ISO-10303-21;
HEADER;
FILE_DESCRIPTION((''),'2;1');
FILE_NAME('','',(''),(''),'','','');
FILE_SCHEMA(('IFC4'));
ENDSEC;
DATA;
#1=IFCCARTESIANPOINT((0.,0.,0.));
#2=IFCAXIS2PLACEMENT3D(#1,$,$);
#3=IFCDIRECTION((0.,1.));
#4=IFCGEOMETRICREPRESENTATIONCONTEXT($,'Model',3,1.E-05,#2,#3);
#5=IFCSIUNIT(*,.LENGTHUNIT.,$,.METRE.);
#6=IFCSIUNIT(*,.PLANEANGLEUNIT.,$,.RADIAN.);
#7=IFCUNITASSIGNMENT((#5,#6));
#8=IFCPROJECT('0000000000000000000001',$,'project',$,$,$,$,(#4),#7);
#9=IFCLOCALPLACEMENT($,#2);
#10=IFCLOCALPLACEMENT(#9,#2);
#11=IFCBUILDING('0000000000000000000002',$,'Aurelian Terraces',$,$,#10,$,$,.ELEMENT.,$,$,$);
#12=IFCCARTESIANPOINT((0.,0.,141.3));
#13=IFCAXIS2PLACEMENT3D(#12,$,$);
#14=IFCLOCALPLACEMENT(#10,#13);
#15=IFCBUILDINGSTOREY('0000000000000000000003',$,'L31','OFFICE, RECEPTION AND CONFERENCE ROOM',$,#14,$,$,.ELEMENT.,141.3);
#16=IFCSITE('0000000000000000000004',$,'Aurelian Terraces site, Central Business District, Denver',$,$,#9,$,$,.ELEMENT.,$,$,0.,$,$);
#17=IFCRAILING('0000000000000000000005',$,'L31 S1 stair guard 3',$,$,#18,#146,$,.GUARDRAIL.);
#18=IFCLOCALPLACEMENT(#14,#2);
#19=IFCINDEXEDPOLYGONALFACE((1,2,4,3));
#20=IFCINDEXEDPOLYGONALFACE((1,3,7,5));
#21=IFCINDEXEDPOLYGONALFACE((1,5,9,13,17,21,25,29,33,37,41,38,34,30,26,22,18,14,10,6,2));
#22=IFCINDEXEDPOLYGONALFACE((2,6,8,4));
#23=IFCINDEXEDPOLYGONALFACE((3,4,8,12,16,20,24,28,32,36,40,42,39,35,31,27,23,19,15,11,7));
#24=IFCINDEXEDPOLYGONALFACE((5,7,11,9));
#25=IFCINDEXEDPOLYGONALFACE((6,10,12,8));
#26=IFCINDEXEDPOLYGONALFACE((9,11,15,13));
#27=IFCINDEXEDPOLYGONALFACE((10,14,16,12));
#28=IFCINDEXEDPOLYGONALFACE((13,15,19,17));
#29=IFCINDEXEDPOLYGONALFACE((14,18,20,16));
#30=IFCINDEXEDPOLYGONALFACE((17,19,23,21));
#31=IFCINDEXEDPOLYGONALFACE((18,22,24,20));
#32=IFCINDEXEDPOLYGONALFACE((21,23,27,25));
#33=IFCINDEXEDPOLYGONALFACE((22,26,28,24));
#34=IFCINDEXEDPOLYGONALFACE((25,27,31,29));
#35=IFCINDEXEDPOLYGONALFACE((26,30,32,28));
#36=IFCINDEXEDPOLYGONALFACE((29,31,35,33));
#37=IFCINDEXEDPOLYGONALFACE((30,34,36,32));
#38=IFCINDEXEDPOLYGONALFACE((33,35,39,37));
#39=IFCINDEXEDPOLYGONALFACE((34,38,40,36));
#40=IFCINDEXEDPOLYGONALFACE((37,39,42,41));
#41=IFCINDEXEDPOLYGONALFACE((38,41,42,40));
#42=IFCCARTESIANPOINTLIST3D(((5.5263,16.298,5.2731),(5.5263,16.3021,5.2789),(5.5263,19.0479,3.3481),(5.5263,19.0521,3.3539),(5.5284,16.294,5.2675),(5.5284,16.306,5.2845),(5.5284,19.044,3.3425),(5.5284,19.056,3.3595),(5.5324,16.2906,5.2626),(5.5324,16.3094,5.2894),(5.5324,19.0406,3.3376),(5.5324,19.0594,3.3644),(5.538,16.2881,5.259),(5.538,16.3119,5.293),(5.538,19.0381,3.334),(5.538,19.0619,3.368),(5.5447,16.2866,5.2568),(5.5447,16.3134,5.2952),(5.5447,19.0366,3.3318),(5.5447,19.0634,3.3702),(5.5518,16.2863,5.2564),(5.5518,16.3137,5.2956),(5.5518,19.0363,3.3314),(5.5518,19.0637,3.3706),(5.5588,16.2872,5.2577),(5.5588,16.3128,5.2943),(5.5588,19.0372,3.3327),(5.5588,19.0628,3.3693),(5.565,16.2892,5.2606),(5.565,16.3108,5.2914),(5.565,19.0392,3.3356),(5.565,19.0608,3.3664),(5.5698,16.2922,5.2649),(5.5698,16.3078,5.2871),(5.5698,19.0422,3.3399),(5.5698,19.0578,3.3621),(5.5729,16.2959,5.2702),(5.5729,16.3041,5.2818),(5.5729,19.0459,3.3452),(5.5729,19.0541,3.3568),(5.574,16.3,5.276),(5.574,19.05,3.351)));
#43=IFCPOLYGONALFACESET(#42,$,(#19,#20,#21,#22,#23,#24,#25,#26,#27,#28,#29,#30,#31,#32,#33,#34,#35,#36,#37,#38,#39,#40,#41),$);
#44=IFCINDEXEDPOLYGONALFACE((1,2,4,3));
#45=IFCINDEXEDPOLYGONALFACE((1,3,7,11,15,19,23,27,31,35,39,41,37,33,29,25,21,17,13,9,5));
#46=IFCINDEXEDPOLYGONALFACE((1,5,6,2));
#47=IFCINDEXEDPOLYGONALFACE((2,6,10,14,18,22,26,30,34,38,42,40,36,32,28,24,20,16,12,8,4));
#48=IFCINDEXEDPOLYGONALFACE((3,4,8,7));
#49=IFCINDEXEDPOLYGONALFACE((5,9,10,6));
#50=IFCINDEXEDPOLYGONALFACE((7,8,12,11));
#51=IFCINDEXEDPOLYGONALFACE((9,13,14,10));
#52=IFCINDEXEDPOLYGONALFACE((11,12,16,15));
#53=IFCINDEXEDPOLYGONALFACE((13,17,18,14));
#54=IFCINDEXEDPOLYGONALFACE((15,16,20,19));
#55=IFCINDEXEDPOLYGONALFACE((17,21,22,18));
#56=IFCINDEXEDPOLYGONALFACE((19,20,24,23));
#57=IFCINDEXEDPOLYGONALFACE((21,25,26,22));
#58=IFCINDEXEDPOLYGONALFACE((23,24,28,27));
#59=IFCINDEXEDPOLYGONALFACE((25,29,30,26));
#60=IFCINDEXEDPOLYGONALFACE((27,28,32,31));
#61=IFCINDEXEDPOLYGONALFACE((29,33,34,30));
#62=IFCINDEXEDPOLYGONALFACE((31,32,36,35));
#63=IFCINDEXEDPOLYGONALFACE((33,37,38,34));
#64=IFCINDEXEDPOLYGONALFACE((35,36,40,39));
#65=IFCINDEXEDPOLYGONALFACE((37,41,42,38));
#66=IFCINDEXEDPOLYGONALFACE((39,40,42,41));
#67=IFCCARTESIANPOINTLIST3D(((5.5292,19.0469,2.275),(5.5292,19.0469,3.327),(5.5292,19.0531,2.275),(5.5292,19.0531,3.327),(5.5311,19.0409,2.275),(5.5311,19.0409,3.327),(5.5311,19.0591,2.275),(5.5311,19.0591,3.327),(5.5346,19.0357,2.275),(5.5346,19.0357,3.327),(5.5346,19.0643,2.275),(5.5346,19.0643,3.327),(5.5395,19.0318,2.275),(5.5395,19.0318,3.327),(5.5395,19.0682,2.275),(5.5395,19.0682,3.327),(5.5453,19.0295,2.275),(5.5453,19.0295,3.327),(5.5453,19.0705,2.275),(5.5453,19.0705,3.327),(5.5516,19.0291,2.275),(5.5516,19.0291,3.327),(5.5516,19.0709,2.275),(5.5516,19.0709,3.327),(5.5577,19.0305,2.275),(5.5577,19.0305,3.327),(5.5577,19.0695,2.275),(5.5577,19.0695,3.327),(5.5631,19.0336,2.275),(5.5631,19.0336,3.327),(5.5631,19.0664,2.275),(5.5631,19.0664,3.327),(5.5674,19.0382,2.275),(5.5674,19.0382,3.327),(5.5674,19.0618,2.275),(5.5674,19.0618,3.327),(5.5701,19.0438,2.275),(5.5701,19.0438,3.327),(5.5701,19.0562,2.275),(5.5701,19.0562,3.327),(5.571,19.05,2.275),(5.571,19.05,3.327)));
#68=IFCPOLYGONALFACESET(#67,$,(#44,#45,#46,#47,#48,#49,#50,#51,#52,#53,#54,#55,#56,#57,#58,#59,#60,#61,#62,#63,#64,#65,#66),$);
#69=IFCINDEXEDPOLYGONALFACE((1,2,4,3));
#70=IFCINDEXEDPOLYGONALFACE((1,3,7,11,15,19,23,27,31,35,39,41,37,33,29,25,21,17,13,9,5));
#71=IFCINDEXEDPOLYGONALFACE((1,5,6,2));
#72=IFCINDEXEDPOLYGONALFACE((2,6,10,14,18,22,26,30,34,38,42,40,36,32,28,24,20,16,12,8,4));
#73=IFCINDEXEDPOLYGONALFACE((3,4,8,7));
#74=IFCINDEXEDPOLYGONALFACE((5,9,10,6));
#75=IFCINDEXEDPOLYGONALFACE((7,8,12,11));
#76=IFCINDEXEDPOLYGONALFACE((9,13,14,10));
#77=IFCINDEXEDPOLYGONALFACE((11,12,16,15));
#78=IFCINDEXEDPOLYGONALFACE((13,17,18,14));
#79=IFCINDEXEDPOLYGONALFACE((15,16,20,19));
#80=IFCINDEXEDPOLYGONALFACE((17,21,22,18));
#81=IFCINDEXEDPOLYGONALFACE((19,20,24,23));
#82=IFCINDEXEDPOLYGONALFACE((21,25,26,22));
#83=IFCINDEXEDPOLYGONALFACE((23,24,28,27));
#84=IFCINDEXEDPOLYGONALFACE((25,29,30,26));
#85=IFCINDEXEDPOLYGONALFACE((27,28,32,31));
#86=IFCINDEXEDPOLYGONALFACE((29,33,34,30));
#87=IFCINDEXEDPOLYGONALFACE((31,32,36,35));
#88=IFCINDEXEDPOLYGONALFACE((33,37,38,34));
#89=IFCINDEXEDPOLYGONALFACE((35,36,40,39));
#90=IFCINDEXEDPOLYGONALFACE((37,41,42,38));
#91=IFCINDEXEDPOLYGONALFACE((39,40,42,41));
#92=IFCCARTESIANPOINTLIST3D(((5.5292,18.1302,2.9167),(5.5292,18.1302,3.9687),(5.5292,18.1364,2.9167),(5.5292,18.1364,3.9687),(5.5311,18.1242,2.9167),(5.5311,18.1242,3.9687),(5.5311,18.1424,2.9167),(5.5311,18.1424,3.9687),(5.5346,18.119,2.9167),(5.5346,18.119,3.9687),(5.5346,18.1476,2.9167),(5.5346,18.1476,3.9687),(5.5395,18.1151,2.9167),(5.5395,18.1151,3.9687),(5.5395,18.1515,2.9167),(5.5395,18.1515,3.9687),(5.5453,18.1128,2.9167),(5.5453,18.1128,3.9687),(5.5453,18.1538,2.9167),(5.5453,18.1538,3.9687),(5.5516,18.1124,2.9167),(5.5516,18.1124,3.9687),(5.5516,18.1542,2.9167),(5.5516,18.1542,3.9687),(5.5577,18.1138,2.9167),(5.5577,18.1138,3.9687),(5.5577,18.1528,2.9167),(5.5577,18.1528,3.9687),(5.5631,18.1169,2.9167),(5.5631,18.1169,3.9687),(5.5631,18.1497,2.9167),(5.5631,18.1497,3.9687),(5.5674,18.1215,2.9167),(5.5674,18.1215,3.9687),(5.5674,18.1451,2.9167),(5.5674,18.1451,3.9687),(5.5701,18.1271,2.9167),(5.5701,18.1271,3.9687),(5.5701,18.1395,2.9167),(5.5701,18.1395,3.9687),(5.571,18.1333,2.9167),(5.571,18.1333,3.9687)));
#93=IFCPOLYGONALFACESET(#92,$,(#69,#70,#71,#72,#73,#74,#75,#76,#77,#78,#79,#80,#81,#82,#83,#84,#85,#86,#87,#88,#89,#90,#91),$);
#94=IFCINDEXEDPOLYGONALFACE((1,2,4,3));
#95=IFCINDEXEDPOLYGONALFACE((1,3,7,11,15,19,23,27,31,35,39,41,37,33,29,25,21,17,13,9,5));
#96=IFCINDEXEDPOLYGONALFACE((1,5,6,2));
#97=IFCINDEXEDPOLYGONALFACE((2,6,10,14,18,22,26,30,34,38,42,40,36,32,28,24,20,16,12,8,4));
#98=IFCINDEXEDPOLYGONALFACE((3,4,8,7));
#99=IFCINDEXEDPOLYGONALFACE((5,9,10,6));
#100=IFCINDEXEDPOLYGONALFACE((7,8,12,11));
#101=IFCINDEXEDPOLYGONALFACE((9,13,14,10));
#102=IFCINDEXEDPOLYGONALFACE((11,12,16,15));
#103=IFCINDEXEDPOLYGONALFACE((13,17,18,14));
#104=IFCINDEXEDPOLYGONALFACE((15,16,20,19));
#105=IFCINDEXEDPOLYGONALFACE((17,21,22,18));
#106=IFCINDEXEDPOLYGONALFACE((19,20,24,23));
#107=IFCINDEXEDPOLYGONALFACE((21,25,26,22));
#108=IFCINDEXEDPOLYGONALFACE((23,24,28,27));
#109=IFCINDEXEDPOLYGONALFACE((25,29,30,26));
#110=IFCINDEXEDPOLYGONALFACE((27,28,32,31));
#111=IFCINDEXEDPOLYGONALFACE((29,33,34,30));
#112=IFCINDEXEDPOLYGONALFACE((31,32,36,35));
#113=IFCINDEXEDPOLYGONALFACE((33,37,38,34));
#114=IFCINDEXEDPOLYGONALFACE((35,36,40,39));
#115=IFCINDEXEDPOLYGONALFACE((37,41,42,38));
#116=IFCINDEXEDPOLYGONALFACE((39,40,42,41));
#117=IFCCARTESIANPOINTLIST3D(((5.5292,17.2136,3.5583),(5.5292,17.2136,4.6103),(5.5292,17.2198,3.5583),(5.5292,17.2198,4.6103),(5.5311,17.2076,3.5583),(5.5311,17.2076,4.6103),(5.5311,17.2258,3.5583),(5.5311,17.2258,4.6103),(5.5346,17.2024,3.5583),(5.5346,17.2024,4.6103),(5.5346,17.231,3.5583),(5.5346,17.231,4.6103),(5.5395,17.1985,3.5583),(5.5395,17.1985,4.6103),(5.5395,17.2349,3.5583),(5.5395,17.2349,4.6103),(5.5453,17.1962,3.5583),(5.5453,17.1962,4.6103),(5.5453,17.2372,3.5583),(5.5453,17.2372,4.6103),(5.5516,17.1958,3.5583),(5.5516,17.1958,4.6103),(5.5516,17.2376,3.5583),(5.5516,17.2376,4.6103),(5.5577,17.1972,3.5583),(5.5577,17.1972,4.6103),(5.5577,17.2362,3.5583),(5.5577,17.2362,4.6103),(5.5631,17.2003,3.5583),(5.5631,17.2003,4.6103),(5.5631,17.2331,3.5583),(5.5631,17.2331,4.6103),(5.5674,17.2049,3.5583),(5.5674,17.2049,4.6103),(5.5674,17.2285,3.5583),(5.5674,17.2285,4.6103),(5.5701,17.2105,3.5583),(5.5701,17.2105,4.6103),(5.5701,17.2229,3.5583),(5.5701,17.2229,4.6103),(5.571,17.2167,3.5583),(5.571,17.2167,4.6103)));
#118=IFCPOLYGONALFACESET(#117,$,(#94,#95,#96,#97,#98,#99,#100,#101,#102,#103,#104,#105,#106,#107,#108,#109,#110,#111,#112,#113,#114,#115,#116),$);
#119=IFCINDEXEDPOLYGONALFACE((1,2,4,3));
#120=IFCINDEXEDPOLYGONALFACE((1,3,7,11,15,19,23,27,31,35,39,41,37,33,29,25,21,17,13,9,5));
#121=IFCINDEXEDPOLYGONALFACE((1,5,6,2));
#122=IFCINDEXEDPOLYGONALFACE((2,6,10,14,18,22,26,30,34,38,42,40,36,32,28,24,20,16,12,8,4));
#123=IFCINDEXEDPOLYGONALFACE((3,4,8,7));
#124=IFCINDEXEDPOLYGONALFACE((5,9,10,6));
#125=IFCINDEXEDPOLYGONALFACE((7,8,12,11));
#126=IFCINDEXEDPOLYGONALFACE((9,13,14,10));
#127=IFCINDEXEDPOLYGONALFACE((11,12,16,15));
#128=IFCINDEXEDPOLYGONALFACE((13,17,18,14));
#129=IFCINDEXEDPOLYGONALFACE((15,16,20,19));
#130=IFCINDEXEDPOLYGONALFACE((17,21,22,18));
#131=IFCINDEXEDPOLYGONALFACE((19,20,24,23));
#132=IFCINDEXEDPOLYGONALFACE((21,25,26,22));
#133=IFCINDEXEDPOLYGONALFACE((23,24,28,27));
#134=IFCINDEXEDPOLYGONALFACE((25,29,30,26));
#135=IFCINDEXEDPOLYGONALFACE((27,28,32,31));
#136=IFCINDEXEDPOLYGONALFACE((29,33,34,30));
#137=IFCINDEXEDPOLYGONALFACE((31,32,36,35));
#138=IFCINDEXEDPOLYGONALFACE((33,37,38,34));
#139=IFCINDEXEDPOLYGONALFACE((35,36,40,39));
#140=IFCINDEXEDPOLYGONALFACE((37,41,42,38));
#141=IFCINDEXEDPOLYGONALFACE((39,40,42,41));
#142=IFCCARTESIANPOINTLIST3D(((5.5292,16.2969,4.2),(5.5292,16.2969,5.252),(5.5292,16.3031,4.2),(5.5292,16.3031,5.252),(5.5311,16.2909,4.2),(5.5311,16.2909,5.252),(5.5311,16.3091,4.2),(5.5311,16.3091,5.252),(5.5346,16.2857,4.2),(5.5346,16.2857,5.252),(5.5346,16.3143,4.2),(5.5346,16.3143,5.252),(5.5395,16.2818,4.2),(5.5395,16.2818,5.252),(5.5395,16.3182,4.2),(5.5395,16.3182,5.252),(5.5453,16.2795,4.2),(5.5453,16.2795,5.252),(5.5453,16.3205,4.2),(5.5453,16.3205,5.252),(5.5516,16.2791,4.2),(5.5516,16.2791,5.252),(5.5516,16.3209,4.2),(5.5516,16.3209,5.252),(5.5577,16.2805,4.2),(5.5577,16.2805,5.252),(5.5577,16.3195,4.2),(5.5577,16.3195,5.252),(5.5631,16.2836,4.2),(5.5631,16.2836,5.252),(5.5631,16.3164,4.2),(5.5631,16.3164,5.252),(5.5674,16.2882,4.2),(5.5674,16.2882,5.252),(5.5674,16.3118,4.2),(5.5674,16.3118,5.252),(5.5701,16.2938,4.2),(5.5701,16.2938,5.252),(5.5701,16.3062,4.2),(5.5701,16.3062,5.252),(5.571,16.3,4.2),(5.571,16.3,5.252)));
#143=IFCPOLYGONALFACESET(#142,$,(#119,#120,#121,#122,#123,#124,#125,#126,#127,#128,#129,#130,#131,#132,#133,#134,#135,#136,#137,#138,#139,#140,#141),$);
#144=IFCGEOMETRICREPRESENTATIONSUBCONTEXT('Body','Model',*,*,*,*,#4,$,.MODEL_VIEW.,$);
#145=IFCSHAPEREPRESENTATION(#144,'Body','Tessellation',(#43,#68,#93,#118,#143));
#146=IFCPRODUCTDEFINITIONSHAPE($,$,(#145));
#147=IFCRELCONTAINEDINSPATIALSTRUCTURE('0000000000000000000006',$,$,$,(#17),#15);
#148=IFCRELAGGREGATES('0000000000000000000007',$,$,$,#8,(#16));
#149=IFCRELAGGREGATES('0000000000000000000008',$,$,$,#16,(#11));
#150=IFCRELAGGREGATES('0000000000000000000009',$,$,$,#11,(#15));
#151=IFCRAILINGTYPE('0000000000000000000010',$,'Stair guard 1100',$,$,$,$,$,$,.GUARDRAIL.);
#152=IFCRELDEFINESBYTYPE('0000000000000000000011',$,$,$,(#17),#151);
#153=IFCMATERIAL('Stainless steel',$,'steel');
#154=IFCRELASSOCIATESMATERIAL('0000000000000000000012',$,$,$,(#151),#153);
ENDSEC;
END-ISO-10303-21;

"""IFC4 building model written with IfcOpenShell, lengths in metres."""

from ifc_helpers import new_model, si_unit, direction, frame, origin, origin_2d, place, context, subcontext, project, spatial, circle, extrude, source, transform, mapped, material, type_object, element, save


model = new_model("IFC4")

# Units and contexts
model_context = context("Model", 3, precision=1e-05, world=origin(), true_north=direction((0.0, 1.0)))
body_context = subcontext(model_context, "Body", "Model", "MODEL_VIEW")
ifc_project = project(units=[si_unit("LENGTHUNIT", "METRE"), si_unit("PLANEANGLEUNIT", "RADIAN")], contexts=[model_context])

# Site, building, storey
site_placement = place(None, origin())
site = spatial("IfcSite", under=ifc_project, at=site_placement, Name="Aurelian Terraces site, Central Business District, Denver", CompositionType="ELEMENT", RefElevation=0.0)
building_placement = place(site_placement, origin())
building = spatial("IfcBuilding", under=site, at=building_placement, Name="Aurelian Terraces", CompositionType="ELEMENT")
storey_placement = place(building_placement, frame((0.0, 0.0, 141.3)))
storey = spatial("IfcBuildingStorey", under=building, at=storey_placement, Name="L31", Description="OFFICE, RECEPTION AND CONFERENCE ROOM", CompositionType="ELEMENT", Elevation=141.3)

# Railing
ifc_material_1 = material(Name="Stainless steel", Category="steel")
railing_type_1 = type_object("IfcRailingType", Name="Stair guard 1100", PredefinedType="GUARDRAIL", material=ifc_material_1)
shared_shape_1 = source(origin(), body_context, "Body", "SweptSolid", [
    extrude(circle(Radius=0.024, at=origin_2d()), frame((0.0, 0.0, 1.076), z_axis=(0.0, -0.819232, 0.573462), x_axis=(1.0, 0.0, 0.0)), (0.0, 0.0, 1.0), 3.3568),
    extrude(circle(Radius=0.021, at=origin_2d()), origin(), (0.0, 0.0, 1.0), 1.052),
    extrude(circle(Radius=0.021, at=origin_2d()), frame((0.0, -0.9167, 0.6417)), (0.0, 0.0, 1.0), 1.052),
    extrude(circle(Radius=0.021, at=origin_2d()), frame((0.0, -1.8333, 1.2833)), (0.0, 0.0, 1.0), 1.052),
    extrude(circle(Radius=0.021, at=origin_2d()), frame((0.0, -2.75, 1.925)), (0.0, 0.0, 1.0), 1.052),
])
railing_1_placement = place(storey_placement, frame((5.55, 19.05, 2.275)))
element("IfcRailing", 1, at=railing_1_placement, inside=storey, type_object=railing_type_1, Name="L31 S1 stair guard 3", PredefinedType="GUARDRAIL", context=body_context, shape_type="MappedRepresentation", body=[
    mapped(shared_shape_1, transform((0.0, 0.0, 0.0), scale=1.0)),
])

save(model, "model.ifc")
